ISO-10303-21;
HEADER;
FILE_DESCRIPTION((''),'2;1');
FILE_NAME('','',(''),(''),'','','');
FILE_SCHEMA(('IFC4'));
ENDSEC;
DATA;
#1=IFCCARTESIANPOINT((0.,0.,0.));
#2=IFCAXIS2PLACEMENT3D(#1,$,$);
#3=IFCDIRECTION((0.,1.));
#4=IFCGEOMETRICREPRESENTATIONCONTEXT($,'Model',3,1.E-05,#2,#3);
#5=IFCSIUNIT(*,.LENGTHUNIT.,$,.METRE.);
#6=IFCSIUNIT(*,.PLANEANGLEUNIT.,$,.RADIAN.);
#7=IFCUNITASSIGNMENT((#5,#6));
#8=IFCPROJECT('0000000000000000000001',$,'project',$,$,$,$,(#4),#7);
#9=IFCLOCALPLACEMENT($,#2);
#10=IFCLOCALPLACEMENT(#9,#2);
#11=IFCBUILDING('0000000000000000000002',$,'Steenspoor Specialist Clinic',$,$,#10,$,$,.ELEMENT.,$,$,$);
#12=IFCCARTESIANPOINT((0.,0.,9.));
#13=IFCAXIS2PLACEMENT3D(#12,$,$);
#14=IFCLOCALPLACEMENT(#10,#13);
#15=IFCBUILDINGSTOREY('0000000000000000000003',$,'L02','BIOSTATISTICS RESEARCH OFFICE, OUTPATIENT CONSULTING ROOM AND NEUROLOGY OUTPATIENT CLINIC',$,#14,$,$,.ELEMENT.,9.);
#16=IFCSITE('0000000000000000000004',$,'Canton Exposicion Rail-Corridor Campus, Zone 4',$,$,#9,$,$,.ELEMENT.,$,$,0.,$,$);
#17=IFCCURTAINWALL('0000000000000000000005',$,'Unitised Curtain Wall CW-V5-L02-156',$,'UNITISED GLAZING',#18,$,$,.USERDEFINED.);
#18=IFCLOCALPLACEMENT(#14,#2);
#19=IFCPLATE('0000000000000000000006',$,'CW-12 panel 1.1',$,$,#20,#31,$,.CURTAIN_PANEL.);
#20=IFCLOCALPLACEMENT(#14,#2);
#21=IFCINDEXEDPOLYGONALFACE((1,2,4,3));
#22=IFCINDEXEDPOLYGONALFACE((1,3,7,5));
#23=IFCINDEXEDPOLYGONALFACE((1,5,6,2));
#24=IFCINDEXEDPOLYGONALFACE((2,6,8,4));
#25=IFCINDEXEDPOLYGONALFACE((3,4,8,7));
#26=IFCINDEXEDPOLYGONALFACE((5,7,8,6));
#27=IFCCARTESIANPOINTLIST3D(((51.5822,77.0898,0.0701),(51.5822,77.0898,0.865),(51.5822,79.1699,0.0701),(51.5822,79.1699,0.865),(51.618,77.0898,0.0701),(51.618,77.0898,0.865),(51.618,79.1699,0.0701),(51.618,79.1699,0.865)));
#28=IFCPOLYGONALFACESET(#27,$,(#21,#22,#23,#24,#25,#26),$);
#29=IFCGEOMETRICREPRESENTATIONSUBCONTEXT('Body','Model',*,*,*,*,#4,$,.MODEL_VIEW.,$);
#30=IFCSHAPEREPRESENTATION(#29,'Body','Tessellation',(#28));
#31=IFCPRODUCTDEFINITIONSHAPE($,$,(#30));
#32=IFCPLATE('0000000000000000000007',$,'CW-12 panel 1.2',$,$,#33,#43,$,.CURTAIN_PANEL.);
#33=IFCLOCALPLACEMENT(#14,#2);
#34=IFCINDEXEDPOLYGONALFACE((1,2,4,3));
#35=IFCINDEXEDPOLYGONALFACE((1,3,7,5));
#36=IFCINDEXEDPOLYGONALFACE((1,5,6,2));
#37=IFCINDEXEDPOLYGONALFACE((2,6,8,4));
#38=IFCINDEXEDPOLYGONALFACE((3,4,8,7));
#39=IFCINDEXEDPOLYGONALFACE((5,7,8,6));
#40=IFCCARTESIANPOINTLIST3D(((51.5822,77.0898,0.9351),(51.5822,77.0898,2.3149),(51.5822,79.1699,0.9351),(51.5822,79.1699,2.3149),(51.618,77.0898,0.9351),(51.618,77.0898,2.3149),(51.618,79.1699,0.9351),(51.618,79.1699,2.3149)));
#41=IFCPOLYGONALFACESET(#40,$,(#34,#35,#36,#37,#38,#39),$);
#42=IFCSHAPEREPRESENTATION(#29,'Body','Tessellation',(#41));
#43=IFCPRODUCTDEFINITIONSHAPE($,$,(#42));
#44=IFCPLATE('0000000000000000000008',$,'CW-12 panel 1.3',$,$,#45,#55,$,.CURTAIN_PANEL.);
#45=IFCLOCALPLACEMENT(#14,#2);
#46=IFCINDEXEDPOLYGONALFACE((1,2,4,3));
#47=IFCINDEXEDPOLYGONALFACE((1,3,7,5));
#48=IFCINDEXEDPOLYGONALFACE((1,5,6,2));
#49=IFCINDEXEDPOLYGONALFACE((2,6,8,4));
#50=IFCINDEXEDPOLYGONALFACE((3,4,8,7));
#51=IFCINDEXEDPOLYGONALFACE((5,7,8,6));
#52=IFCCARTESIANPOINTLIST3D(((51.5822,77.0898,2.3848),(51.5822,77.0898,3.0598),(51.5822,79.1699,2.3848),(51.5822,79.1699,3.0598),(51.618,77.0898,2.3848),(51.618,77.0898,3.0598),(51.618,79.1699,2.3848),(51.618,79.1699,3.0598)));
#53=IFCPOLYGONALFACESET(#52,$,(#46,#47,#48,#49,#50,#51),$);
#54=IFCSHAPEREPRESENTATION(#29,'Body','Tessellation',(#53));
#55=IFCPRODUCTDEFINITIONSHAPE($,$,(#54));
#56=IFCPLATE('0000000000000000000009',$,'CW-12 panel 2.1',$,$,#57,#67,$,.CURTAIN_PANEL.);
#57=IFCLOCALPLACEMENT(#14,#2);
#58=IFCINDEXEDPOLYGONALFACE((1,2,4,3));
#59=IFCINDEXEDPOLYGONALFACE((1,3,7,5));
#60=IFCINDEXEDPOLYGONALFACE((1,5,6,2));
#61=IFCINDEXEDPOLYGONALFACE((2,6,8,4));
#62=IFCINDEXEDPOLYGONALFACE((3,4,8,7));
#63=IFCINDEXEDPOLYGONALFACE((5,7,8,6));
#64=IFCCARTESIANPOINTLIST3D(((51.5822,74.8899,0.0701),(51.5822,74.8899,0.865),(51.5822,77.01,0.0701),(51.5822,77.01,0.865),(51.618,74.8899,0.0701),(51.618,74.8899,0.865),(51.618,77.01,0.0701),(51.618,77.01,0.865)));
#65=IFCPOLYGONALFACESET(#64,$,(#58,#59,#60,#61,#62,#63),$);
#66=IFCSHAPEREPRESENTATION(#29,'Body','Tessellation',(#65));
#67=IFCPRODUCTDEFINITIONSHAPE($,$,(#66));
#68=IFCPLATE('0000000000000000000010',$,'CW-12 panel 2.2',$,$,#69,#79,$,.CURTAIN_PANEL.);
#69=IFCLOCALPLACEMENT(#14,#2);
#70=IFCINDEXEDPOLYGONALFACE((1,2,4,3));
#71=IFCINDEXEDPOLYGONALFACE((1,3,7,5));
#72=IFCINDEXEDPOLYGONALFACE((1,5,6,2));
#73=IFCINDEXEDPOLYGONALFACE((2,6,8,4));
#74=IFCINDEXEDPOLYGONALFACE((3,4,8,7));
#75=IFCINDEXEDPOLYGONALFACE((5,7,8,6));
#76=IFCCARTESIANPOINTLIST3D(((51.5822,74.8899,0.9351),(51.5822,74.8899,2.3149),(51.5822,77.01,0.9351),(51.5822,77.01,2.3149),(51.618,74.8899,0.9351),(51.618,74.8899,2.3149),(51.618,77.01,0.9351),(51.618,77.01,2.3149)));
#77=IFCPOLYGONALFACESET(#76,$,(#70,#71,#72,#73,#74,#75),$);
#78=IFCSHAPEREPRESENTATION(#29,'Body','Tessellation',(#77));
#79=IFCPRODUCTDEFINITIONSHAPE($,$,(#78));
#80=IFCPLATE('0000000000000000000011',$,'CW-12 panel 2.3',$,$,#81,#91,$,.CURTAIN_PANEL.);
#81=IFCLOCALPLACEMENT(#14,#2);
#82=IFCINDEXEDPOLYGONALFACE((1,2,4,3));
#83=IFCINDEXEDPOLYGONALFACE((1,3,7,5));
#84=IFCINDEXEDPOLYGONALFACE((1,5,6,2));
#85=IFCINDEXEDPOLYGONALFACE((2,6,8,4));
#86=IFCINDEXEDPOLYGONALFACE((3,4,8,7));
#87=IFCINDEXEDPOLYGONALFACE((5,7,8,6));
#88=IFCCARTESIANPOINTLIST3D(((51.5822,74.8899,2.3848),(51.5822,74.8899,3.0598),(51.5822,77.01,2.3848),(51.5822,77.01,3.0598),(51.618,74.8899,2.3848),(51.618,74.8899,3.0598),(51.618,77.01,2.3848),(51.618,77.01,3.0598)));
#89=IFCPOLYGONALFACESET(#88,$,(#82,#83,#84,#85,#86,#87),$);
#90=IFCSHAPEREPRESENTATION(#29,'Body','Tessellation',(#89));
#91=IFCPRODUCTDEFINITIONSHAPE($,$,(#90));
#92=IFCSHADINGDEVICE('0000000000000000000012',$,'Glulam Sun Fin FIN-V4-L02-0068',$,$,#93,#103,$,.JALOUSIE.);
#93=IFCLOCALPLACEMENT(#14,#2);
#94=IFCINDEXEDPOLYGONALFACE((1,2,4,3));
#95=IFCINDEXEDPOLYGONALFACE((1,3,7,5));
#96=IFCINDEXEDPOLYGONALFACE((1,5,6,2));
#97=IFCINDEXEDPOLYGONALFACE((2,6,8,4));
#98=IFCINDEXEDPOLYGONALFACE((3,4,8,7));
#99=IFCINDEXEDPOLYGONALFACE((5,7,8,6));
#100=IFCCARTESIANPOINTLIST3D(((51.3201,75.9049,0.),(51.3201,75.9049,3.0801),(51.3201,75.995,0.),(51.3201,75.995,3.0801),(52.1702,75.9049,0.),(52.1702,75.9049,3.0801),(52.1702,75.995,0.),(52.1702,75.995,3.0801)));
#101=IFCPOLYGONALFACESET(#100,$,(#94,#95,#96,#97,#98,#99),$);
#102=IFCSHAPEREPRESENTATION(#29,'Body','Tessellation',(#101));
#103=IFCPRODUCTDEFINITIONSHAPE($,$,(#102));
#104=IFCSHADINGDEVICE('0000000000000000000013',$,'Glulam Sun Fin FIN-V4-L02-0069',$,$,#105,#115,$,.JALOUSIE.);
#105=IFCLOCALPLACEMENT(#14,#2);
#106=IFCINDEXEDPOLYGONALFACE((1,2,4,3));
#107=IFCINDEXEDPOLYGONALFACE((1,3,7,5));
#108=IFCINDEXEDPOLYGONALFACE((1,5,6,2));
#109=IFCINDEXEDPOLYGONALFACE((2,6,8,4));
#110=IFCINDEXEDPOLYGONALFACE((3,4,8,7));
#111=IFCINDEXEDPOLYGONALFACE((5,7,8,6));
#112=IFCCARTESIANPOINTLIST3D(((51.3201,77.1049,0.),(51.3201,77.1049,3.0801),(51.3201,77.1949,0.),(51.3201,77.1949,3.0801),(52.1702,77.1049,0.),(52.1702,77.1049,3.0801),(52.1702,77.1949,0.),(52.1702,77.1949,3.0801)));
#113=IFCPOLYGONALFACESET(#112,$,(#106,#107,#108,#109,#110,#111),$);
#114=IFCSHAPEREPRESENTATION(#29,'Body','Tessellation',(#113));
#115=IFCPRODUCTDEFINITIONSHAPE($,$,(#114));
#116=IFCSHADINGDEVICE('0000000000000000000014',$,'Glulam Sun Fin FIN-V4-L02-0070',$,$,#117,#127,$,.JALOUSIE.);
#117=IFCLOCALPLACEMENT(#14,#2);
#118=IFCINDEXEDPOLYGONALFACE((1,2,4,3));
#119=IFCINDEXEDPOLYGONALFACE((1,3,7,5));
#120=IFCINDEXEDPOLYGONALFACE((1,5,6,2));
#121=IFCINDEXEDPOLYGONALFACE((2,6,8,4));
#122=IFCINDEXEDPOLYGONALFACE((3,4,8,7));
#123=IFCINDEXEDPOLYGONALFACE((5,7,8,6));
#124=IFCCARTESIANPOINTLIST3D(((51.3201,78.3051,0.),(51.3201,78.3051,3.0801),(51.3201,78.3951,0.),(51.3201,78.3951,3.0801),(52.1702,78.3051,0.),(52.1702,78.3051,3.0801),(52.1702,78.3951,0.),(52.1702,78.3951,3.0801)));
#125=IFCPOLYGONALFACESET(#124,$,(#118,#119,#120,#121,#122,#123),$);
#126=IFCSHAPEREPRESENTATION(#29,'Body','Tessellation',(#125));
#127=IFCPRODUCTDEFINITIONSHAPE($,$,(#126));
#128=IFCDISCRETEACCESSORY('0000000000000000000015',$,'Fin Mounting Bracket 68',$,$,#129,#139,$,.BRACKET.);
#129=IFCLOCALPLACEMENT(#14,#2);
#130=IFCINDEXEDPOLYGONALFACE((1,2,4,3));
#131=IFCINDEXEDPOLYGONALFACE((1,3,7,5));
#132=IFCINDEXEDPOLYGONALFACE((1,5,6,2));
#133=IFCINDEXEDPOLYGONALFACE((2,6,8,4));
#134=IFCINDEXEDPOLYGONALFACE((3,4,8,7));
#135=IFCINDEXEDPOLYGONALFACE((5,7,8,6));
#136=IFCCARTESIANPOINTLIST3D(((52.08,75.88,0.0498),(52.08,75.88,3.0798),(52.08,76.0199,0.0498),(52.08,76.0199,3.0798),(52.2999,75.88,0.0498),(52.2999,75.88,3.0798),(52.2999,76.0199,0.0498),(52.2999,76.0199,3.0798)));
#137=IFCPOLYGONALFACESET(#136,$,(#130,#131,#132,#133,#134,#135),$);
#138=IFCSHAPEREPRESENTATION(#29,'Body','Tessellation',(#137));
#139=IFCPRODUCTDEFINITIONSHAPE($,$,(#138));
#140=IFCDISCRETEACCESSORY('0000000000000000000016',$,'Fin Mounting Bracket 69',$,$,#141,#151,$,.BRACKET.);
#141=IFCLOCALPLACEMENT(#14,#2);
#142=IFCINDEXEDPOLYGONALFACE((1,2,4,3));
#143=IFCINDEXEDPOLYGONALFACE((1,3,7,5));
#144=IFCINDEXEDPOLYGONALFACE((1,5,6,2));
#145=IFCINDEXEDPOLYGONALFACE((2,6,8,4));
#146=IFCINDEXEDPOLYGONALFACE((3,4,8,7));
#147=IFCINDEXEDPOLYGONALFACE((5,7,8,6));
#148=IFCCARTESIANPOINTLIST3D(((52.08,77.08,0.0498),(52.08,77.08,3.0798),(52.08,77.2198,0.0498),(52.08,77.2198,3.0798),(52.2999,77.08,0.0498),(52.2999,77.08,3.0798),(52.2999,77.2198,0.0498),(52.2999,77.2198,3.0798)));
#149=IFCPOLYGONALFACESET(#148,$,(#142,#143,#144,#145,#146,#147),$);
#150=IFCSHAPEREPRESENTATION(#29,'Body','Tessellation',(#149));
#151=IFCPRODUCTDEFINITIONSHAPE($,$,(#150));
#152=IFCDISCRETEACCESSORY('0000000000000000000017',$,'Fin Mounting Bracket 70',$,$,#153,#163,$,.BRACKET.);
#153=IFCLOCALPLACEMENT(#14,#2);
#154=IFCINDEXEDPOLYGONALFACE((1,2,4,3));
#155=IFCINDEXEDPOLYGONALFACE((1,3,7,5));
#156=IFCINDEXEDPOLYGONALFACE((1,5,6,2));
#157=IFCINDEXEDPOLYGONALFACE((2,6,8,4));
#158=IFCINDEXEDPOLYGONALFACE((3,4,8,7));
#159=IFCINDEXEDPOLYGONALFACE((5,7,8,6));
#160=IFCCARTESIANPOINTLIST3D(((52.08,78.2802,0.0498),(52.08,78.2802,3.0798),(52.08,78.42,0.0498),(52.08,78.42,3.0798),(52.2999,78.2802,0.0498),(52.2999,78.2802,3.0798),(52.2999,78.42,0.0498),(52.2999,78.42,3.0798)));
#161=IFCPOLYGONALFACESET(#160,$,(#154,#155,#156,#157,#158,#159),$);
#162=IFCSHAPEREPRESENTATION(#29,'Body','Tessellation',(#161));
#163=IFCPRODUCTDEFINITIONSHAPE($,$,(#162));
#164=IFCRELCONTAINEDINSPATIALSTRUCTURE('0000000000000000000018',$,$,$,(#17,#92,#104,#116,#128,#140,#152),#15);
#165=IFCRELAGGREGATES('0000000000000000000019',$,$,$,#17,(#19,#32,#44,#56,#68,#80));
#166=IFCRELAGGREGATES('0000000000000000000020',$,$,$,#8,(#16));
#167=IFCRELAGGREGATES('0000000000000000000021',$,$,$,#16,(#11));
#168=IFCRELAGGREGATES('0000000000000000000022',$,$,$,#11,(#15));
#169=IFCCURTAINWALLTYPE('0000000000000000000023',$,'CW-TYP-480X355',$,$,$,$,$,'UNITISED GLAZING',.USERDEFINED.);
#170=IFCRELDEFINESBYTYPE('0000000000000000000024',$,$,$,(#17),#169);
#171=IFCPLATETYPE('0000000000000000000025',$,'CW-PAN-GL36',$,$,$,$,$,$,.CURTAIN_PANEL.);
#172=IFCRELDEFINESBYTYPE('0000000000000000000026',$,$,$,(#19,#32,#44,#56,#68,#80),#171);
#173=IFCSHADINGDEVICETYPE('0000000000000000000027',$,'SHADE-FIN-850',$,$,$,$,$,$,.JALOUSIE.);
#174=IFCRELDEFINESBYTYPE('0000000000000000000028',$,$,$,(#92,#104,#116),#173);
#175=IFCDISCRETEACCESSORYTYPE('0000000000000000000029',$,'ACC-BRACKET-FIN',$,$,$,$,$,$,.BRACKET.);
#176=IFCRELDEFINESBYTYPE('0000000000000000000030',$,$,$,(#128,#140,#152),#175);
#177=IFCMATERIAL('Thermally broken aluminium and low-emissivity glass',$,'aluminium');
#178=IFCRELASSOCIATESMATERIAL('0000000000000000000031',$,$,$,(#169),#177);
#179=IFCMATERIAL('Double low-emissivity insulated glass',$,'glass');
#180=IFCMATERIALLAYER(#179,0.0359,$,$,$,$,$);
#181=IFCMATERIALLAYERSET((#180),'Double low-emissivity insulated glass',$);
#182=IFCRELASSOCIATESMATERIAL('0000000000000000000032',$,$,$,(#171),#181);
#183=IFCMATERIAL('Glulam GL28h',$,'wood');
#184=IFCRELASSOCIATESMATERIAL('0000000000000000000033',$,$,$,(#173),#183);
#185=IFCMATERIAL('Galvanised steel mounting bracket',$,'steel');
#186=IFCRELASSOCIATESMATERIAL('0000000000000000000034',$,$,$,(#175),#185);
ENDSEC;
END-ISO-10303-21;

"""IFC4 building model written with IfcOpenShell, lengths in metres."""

from ifc_helpers import new_model, si_unit, direction, frame, origin, origin_2d, place, context, subcontext, project, spatial, rectangle, extrude, material, layer, layer_set, material_profile, profile_set, type_object, element, aggregate, save


model = new_model("IFC4")

# Units and contexts
model_context = context("Model", 3, precision=1e-05, world=origin(), true_north=direction((0.0, 1.0)))
body_context = subcontext(model_context, "Body", "Model", "MODEL_VIEW")
ifc_project = project(units=[si_unit("LENGTHUNIT", "METRE"), si_unit("PLANEANGLEUNIT", "RADIAN")], contexts=[model_context])

# Site, building, storey
site_placement = place(None, origin())
site = spatial("IfcSite", under=ifc_project, at=site_placement, Name="Canton Exposicion Rail-Corridor Campus, Zone 4", CompositionType="ELEMENT", RefElevation=0.0)
building_placement = place(site_placement, origin())
building = spatial("IfcBuilding", under=site, at=building_placement, Name="Steenspoor Specialist Clinic", CompositionType="ELEMENT")
storey_placement = place(building_placement, frame((0.0, 0.0, 9.0)))
storey = spatial("IfcBuildingStorey", under=building, at=storey_placement, Name="L02", Description="BIOSTATISTICS RESEARCH OFFICE, OUTPATIENT CONSULTING ROOM AND NEUROLOGY OUTPATIENT CLINIC", CompositionType="ELEMENT", Elevation=9.0)

# Curtain wall
ifc_material_1 = material(Name="Thermally broken aluminium and low-emissivity glass", Category="aluminium")
curtain_wall_type = type_object("IfcCurtainWallType", Name="CW-TYP-480X355", ElementType="UNITISED GLAZING", PredefinedType="USERDEFINED", material=ifc_material_1)
curtain_wall_placement = place(storey_placement, origin())
curtain_wall = element("IfcCurtainWall", 1, at=curtain_wall_placement, inside=storey, type_object=curtain_wall_type, Name="Unitised Curtain Wall CW-V5-L02-156", ObjectType="UNITISED GLAZING", PredefinedType="USERDEFINED")

# Plates
ifc_material_2 = material(Name="Double low-emissivity insulated glass", Category="glass")
ifc_layer = layer(ifc_material_2, 0.0359)
ifc_layer_set = layer_set([ifc_layer], Name="Double low-emissivity insulated glass")
plate_type = type_object("IfcPlateType", Name="CW-PAN-GL36", PredefinedType="CURTAIN_PANEL", material=ifc_layer_set)
plate_1_placement = place(storey_placement, frame((51.6001, 78.1299, 0.0701), z_axis=(0.0, 0.0, 1.0), x_axis=(0.0, -1.0, 0.0)))
plate_1 = element("IfcPlate", 2, at=plate_1_placement, type_object=plate_type, Name="CW-12 panel 1.1", PredefinedType="CURTAIN_PANEL", context=body_context, shape_type="SweptSolid", body=[
    extrude(rectangle(XDim=2.0801, YDim=0.0359, at=origin_2d()), origin(), (0.0, 0.0, 1.0), 0.7949),
])
plate_2_placement = place(storey_placement, frame((51.6001, 78.1299, 0.9351), z_axis=(0.0, 0.0, 1.0), x_axis=(0.0, -1.0, 0.0)))
plate_2 = element("IfcPlate", 3, at=plate_2_placement, type_object=plate_type, Name="CW-12 panel 1.2", PredefinedType="CURTAIN_PANEL", context=body_context, shape_type="SweptSolid", body=[
    extrude(rectangle(XDim=2.0801, YDim=0.0359, at=origin_2d()), origin(), (0.0, 0.0, 1.0), 1.3799),
])
plate_3_placement = place(storey_placement, frame((51.6001, 78.1299, 2.3848), z_axis=(0.0, 0.0, 1.0), x_axis=(0.0, -1.0, 0.0)))
plate_3 = element("IfcPlate", 4, at=plate_3_placement, type_object=plate_type, Name="CW-12 panel 1.3", PredefinedType="CURTAIN_PANEL", context=body_context, shape_type="SweptSolid", body=[
    extrude(rectangle(XDim=2.0801, YDim=0.0359, at=origin_2d()), origin(), (0.0, 0.0, 1.0), 0.675),
])
plate_4_placement = place(storey_placement, frame((51.6001, 75.95, 0.0701), z_axis=(0.0, 0.0, 1.0), x_axis=(0.0, -1.0, 0.0)))
plate_4 = element("IfcPlate", 5, at=plate_4_placement, type_object=plate_type, Name="CW-12 panel 2.1", PredefinedType="CURTAIN_PANEL", context=body_context, shape_type="SweptSolid", body=[
    extrude(rectangle(XDim=2.1201, YDim=0.0359, at=origin_2d()), origin(), (0.0, 0.0, 1.0), 0.7949),
])
plate_5_placement = place(storey_placement, frame((51.6001, 75.95, 0.9351), z_axis=(0.0, 0.0, 1.0), x_axis=(0.0, -1.0, 0.0)))
plate_5 = element("IfcPlate", 6, at=plate_5_placement, type_object=plate_type, Name="CW-12 panel 2.2", PredefinedType="CURTAIN_PANEL", context=body_context, shape_type="SweptSolid", body=[
    extrude(rectangle(XDim=2.1201, YDim=0.0359, at=origin_2d()), origin(), (0.0, 0.0, 1.0), 1.3799),
])
plate_6_placement = place(storey_placement, frame((51.6001, 75.95, 2.3848), z_axis=(0.0, 0.0, 1.0), x_axis=(0.0, -1.0, 0.0)))
plate_6 = element("IfcPlate", 7, at=plate_6_placement, type_object=plate_type, Name="CW-12 panel 2.3", PredefinedType="CURTAIN_PANEL", context=body_context, shape_type="SweptSolid", body=[
    extrude(rectangle(XDim=2.1201, YDim=0.0359, at=origin_2d()), origin(), (0.0, 0.0, 1.0), 0.675),
])
aggregate(curtain_wall, [plate_1, plate_2, plate_3, plate_4, plate_5, plate_6])

# Shading devices
ifc_material_3 = material(Name="Glulam GL28h", Category="wood")
ifc_material_profile_1 = material_profile(ifc_material_3, rectangle(XDim=0.0901, YDim=0.8501, at=origin_2d()), Name="GL28H-90X850")
ifc_profile_set_1 = profile_set([ifc_material_profile_1], Name="Glulam GL28h")
shading_device_type = type_object("IfcShadingDeviceType", Name="SHADE-FIN-850", PredefinedType="JALOUSIE", material=ifc_profile_set_1)
for number, where, z_axis, x_axis, name in (
    (8, (51.7451, 75.95, 0.0), (0.0, 0.0, 1.0), (0.0, 1.0, 0.0), "Glulam Sun Fin FIN-V4-L02-0068"),
    (9, (51.7451, 77.1499, 0.0), (0.0, 0.0, 1.0), (0.0, 1.0, 0.0), "Glulam Sun Fin FIN-V4-L02-0069"),
    (10, (51.7451, 78.3501, 0.0), (0.0, 0.0, 1.0), (0.0, 1.0, 0.0), "Glulam Sun Fin FIN-V4-L02-0070"),
):
    element("IfcShadingDevice", number, at=place(storey_placement, frame(where, z_axis=z_axis, x_axis=x_axis)), inside=storey, type_object=shading_device_type, Name=name, PredefinedType="JALOUSIE", context=body_context, shape_type="SweptSolid", body=[
        extrude(rectangle(XDim=0.0901, YDim=0.8501, at=origin_2d()), origin(), (0.0, 0.0, 1.0), 3.0801),
    ])

# Discrete accessories
ifc_material_4 = material(Name="Galvanised steel mounting bracket", Category="steel")
discrete_accessory_type = type_object("IfcDiscreteAccessoryType", Name="ACC-BRACKET-FIN", PredefinedType="BRACKET", material=ifc_material_4)
for number, where, z_axis, x_axis, name in (
    (11, (52.1899, 75.95, 0.0498), (0.0, 0.0, 1.0), (-1.0, 0.0, 0.0), "Fin Mounting Bracket 68"),
    (12, (52.1899, 77.1499, 0.0498), (0.0, 0.0, 1.0), (-1.0, 0.0, 0.0), "Fin Mounting Bracket 69"),
    (13, (52.1899, 78.3501, 0.0498), (0.0, 0.0, 1.0), (-1.0, 0.0, 0.0), "Fin Mounting Bracket 70"),
):
    element("IfcDiscreteAccessory", number, at=place(storey_placement, frame(where, z_axis=z_axis, x_axis=x_axis)), inside=storey, type_object=discrete_accessory_type, Name=name, PredefinedType="BRACKET", context=body_context, shape_type="SweptSolid", body=[
        extrude(rectangle(XDim=0.22, YDim=0.1399, at=origin_2d()), origin(), (0.0, 0.0, 1.0), 3.03),
    ])

save(model, "model.ifc")
